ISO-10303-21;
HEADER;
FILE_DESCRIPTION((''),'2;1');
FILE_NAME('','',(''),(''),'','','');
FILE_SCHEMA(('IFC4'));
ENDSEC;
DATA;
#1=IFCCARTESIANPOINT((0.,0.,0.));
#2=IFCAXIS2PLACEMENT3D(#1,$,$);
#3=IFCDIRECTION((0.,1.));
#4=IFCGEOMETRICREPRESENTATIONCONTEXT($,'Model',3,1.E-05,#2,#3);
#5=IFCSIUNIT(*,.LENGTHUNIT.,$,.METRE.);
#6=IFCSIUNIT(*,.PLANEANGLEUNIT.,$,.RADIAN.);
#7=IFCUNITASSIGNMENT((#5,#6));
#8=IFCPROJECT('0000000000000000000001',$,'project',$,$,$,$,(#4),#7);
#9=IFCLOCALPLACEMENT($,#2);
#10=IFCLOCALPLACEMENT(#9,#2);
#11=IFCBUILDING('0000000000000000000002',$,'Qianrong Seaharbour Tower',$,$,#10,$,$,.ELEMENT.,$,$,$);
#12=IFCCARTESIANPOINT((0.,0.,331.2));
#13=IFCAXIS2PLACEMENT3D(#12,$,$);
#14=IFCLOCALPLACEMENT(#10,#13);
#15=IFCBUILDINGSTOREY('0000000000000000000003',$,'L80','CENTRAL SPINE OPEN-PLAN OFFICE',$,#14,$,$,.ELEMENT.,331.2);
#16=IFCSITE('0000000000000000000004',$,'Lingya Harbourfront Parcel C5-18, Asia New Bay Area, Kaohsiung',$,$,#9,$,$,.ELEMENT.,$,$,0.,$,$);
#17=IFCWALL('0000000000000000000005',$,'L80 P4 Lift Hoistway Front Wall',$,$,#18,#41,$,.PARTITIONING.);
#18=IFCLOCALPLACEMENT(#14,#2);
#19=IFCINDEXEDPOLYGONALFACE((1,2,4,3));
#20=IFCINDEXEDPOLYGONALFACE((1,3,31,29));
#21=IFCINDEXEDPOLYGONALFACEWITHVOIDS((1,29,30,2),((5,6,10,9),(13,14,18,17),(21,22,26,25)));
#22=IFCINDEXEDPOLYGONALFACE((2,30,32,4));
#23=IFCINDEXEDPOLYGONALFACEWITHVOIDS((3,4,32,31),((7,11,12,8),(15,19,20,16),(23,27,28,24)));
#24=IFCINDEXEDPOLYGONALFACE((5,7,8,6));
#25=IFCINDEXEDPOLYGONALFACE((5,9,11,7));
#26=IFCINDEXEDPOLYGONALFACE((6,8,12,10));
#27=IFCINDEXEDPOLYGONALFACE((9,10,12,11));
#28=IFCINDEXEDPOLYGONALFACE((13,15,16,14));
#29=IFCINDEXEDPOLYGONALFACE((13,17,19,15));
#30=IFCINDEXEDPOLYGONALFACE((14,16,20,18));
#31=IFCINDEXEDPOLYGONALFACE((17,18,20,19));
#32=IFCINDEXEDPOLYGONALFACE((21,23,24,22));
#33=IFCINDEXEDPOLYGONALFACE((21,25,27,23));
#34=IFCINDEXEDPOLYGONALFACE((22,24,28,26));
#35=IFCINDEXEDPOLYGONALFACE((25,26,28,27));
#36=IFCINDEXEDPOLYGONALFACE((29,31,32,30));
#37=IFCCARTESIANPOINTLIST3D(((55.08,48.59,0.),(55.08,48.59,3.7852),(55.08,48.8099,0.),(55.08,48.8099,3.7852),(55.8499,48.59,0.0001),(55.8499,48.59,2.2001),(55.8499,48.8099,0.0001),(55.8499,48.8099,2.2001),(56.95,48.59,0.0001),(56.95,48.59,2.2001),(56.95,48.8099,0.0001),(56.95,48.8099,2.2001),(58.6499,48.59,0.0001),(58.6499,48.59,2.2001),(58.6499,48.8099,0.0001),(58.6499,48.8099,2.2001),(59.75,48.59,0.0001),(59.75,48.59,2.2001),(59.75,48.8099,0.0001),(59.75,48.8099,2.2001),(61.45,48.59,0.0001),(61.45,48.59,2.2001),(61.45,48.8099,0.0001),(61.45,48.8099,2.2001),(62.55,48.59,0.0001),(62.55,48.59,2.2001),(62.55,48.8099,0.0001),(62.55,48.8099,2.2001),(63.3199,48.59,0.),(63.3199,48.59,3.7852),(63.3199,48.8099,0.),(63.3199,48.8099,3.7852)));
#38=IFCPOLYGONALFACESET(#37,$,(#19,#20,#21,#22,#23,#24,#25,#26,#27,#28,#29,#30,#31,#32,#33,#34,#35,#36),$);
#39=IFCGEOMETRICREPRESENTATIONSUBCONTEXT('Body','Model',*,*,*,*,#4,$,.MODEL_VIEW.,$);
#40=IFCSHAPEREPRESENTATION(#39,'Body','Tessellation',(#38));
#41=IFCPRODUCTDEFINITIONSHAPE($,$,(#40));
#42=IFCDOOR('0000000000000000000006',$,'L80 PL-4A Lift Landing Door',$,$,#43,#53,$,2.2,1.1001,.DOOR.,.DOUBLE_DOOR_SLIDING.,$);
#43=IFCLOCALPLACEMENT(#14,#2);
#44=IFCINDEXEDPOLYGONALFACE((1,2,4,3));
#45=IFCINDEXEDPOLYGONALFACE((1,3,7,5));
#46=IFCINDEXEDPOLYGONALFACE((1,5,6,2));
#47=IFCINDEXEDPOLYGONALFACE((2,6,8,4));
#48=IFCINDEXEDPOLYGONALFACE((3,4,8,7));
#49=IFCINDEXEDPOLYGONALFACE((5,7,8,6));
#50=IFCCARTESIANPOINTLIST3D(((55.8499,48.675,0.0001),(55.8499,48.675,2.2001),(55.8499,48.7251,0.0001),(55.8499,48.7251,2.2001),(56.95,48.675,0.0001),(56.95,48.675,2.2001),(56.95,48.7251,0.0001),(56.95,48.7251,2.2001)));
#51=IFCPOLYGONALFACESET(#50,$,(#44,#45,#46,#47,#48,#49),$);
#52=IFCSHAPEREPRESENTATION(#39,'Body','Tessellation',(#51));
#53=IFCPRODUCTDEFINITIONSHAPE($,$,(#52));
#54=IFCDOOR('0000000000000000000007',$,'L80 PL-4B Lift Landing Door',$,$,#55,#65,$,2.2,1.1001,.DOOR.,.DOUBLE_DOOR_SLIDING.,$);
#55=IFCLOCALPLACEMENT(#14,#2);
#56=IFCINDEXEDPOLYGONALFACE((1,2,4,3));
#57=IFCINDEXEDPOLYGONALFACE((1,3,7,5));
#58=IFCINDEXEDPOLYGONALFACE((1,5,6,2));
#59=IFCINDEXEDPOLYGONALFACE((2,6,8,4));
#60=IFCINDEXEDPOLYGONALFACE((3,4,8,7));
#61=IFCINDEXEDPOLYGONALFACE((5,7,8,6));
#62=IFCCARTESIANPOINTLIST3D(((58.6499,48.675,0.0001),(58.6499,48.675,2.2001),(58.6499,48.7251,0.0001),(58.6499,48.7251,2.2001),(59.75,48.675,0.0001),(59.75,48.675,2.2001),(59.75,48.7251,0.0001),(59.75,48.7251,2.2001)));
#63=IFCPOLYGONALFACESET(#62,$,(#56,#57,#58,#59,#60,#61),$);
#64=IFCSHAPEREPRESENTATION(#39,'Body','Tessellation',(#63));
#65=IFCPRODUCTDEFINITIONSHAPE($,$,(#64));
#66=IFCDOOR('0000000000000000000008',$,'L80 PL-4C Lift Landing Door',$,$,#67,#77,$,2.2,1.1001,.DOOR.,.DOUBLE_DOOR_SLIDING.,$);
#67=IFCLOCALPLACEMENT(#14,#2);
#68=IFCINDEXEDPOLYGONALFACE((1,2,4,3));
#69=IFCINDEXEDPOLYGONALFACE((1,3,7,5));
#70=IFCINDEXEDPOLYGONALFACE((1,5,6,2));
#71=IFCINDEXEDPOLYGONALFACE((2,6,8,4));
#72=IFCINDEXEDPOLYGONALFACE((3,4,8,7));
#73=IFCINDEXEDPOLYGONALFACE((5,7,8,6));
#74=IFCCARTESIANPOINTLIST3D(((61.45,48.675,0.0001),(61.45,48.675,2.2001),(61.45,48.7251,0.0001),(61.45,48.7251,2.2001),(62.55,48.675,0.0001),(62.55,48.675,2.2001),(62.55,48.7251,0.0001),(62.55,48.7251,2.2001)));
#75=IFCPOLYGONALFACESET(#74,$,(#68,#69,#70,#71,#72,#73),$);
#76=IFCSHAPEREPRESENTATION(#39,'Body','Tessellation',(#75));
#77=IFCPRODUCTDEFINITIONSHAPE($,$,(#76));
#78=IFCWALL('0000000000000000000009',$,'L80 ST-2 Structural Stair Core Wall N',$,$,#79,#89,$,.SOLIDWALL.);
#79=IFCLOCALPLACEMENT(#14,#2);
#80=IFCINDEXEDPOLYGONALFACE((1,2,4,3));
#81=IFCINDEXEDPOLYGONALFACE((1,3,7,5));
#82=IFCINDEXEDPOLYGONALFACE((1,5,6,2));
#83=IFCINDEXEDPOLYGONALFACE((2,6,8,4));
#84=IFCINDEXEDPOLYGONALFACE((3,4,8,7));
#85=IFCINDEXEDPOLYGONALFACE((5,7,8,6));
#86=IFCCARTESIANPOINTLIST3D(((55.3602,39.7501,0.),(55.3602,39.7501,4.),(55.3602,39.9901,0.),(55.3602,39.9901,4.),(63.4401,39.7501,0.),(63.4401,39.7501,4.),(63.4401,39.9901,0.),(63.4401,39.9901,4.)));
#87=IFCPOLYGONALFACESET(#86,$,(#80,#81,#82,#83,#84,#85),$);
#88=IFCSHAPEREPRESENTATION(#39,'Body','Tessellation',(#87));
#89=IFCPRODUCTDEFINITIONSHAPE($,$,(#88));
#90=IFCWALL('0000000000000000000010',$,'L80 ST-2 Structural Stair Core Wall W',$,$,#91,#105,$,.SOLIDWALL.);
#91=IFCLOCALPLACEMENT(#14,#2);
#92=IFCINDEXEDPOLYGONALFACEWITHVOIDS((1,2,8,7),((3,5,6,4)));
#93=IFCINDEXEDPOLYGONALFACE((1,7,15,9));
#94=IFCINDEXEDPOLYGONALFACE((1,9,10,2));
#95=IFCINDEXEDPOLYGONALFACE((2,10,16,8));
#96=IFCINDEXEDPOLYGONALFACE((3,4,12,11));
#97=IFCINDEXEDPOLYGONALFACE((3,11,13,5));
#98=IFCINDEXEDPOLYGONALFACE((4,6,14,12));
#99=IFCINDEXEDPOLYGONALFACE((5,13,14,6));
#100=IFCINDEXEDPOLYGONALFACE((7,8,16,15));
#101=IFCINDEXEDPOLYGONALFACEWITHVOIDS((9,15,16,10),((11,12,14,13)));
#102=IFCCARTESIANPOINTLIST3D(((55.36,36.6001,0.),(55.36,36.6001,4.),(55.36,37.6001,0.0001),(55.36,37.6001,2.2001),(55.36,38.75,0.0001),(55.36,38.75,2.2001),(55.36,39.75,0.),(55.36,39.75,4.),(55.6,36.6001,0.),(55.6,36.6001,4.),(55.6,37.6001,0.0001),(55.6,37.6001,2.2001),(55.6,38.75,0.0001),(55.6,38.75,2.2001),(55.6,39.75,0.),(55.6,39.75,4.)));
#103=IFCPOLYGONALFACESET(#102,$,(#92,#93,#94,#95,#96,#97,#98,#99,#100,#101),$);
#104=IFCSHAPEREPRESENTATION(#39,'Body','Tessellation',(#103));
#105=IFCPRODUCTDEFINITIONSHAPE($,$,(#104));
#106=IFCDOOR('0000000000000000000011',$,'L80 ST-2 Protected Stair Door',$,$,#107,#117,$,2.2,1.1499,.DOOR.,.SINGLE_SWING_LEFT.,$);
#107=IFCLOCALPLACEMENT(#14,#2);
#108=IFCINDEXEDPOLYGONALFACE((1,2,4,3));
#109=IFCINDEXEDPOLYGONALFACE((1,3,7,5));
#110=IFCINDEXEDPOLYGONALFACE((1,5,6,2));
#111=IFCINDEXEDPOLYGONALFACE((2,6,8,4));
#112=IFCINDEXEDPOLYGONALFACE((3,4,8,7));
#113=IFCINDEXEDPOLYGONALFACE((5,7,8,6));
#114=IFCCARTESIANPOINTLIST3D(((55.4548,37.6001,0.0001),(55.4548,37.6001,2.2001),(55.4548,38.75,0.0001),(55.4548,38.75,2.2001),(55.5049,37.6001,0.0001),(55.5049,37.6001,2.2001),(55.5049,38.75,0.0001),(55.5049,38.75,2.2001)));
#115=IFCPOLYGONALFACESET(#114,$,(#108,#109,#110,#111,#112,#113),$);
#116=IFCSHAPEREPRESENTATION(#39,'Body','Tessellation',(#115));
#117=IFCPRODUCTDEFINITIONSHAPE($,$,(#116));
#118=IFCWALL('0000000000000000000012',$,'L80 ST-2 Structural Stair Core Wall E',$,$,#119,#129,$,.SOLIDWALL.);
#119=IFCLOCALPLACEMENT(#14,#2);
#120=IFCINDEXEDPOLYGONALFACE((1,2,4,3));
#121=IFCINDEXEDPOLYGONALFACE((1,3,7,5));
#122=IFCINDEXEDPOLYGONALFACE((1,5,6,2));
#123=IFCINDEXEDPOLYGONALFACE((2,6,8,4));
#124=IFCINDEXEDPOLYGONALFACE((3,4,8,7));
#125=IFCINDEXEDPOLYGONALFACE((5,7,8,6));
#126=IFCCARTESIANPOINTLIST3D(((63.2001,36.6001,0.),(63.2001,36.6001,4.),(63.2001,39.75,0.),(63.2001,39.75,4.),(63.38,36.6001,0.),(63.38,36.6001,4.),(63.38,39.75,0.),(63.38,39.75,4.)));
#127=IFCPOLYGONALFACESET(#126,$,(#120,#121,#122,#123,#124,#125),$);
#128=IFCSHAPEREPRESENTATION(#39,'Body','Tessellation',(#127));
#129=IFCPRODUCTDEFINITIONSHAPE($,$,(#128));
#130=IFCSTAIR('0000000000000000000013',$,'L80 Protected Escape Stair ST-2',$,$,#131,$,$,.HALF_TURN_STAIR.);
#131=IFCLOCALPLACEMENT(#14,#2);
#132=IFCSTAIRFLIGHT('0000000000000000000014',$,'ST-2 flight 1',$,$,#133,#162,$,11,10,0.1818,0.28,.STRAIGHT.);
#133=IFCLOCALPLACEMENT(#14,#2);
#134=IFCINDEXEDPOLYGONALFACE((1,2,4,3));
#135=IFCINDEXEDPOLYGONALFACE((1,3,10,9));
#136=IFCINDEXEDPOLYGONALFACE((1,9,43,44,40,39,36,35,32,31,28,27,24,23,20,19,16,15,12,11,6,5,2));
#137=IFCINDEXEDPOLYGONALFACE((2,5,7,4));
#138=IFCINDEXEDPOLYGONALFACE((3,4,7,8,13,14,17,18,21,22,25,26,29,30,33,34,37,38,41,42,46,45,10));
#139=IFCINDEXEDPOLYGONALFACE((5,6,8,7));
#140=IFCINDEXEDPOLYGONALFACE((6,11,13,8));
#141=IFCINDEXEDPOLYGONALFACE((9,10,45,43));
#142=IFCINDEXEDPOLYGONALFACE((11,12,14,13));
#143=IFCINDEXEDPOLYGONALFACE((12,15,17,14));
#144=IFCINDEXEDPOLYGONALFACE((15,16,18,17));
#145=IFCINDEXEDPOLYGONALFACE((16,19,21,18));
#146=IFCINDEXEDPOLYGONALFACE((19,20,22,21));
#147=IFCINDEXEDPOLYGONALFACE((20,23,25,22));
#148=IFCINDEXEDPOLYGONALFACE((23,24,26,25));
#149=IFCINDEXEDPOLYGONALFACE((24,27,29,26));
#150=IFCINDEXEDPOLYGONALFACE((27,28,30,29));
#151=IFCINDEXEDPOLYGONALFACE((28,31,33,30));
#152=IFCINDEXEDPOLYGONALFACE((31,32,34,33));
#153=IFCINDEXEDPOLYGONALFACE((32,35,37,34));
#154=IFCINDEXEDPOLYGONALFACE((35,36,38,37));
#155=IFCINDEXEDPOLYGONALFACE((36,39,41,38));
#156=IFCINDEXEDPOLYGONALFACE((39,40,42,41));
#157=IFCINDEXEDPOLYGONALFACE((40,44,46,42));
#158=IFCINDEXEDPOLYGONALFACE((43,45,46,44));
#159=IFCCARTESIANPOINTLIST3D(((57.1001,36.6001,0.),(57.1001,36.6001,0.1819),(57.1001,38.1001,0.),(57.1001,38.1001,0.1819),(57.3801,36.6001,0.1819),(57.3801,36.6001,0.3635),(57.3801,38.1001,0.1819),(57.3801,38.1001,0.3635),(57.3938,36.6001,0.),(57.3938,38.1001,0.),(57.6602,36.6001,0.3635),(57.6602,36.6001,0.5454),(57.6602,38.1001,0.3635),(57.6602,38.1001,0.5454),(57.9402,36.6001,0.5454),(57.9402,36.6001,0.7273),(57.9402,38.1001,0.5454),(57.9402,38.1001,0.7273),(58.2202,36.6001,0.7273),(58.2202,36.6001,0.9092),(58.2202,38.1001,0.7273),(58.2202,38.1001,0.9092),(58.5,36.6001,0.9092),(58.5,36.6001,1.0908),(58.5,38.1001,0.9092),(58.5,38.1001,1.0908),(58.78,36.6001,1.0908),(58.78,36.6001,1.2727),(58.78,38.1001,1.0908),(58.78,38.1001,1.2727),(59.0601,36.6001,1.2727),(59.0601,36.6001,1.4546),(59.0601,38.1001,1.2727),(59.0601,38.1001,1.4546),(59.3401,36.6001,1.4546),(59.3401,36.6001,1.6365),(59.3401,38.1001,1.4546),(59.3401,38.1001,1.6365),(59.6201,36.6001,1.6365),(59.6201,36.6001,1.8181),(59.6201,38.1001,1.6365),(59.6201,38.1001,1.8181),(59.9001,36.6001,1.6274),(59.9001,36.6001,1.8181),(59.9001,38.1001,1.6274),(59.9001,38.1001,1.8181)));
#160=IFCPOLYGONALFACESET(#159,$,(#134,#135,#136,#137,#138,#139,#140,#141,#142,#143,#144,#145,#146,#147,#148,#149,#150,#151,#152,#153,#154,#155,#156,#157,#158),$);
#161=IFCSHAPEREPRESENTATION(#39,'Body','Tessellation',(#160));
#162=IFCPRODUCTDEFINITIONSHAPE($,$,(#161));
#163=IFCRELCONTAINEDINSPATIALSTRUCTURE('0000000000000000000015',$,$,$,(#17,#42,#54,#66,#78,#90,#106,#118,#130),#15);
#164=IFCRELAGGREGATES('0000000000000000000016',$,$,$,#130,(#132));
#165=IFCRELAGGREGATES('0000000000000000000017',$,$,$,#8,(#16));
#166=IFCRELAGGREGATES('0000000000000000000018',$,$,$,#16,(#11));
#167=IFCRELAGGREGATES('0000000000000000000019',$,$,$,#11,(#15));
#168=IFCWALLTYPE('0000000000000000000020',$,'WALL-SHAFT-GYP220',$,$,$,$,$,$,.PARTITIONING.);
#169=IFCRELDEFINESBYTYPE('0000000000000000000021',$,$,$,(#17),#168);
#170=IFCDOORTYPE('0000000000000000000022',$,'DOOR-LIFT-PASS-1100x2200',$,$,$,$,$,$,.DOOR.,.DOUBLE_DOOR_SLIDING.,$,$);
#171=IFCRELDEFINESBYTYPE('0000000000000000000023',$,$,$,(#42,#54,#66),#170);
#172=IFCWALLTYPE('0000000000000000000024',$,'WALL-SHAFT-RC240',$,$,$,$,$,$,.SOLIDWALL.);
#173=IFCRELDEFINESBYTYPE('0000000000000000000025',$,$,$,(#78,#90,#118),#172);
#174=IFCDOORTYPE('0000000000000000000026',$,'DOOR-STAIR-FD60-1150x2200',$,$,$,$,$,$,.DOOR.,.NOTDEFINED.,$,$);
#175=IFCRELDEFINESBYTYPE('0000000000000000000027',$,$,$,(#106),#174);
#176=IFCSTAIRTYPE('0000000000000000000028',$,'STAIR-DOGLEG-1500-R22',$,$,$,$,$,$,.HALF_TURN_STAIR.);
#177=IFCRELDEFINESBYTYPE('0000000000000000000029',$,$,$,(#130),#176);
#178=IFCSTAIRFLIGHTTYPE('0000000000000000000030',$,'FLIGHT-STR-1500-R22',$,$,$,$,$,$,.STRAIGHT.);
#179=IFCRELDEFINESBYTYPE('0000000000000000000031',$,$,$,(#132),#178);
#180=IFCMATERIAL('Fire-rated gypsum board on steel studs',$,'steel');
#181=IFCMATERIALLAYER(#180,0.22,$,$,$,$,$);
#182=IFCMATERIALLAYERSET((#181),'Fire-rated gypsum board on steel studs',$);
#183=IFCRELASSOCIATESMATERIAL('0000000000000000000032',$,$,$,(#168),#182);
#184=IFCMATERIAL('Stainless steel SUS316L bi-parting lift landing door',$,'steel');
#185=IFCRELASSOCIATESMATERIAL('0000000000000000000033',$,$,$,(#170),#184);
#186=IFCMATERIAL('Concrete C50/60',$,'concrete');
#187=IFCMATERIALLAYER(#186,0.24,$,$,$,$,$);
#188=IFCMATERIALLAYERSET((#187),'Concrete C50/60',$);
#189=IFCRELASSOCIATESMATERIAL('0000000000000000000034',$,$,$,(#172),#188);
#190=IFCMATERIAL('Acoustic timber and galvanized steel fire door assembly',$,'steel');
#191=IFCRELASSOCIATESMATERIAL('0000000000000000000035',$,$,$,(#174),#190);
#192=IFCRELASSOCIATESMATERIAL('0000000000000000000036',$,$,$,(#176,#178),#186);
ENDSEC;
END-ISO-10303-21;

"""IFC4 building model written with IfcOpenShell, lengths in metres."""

from ifc_helpers import new_model, si_unit, direction, frame, frame_2d, origin, place, context, subcontext, project, spatial, polyline, rectangle, outline, extrude, material, layer, layer_set, type_object, element, fill, aggregate, save


model = new_model("IFC4")

# Units and contexts
model_context = context("Model", 3, precision=1e-05, world=origin(), true_north=direction((0.0, 1.0)))
body_context = subcontext(model_context, "Body", "Model", "MODEL_VIEW")
ifc_project = project(units=[si_unit("LENGTHUNIT", "METRE"), si_unit("PLANEANGLEUNIT", "RADIAN")], contexts=[model_context])

# Site, building, storey
site_placement = place(None, origin())
site = spatial("IfcSite", under=ifc_project, at=site_placement, Name="Lingya Harbourfront Parcel C5-18, Asia New Bay Area, Kaohsiung", CompositionType="ELEMENT", RefElevation=0.0)
building_placement = place(site_placement, origin())
building = spatial("IfcBuilding", under=site, at=building_placement, Name="Qianrong Seaharbour Tower", CompositionType="ELEMENT")
storey_placement = place(building_placement, frame((0.0, 0.0, 331.2)))
storey = spatial("IfcBuildingStorey", under=building, at=storey_placement, Name="L80", Description="CENTRAL SPINE OPEN-PLAN OFFICE", CompositionType="ELEMENT", Elevation=331.2)

# Shared definitions
ifc_material_1 = material(Name="Acoustic timber and galvanized steel fire door assembly", Category="steel")

# Shared definitions
ifc_material_2 = material(Name="Fire-rated gypsum board on steel studs", Category="steel")

# Wall, openings, doors
ifc_layer_1 = layer(ifc_material_2, 0.22)
ifc_layer_set_1 = layer_set([ifc_layer_1], Name="Fire-rated gypsum board on steel studs")
wall_type_1 = type_object("IfcWallType", Name="WALL-SHAFT-GYP220", PredefinedType="PARTITIONING", material=ifc_layer_set_1)
wall_1_placement = place(storey_placement, frame((63.3201, 48.7, 0.0), z_axis=(0.0, 0.0, 1.0), x_axis=(-1.0, 0.0, 0.0)))
wall_1 = element("IfcWall", 1, at=wall_1_placement, inside=storey, type_object=wall_type_1, Name="L80 P4 Lift Hoistway Front Wall", PredefinedType="PARTITIONING", context=body_context, shape_type="SweptSolid", body=[
    extrude(rectangle(XDim=8.24, YDim=0.22, at=frame_2d((4.1201, 0.0))), origin(), (0.0, 0.0, 1.0), 3.7852),
])
opening_1_placement = place(wall_1_placement, frame((6.3701, 0.0, 0.0)))
opening_1 = element("IfcOpeningElement", 2, at=opening_1_placement, cuts=wall_1, PredefinedType="OPENING", context=body_context, shape_type="SweptSolid", body=[
    extrude(rectangle(XDim=1.1001, YDim=2.2, at=frame_2d((0.55, 1.1001))), frame((0.0, 0.1201, 0.0), z_axis=(0.0, -1.0, 0.0), x_axis=(1.0, 0.0, 0.0)), (0.0, 0.0, 1.0), 0.24),
])
opening_2_placement = place(wall_1_placement, frame((3.5701, 0.0, 0.0)))
opening_2 = element("IfcOpeningElement", 3, at=opening_2_placement, cuts=wall_1, PredefinedType="OPENING", context=body_context, shape_type="SweptSolid", body=[
    extrude(rectangle(XDim=1.1001, YDim=2.2, at=frame_2d((0.55, 1.1001))), frame((0.0, 0.1201, 0.0), z_axis=(0.0, -1.0, 0.0), x_axis=(1.0, 0.0, 0.0)), (0.0, 0.0, 1.0), 0.24),
])
opening_3_placement = place(wall_1_placement, frame((0.77, 0.0, 0.0)))
opening_3 = element("IfcOpeningElement", 4, at=opening_3_placement, cuts=wall_1, PredefinedType="OPENING", context=body_context, shape_type="SweptSolid", body=[
    extrude(rectangle(XDim=1.1001, YDim=2.2, at=frame_2d((0.55, 1.1001))), frame((0.0, 0.1201, 0.0), z_axis=(0.0, -1.0, 0.0), x_axis=(1.0, 0.0, 0.0)), (0.0, 0.0, 1.0), 0.24),
])
ifc_material_3 = material(Name="Stainless steel SUS316L bi-parting lift landing door", Category="steel")
door_type_1 = type_object("IfcDoorType", Name="DOOR-LIFT-PASS-1100x2200", OperationType="DOUBLE_DOOR_SLIDING", PredefinedType="DOOR", material=ifc_material_3)
door_1_placement = place(opening_1_placement, origin())
door_1 = element("IfcDoor", 5, at=door_1_placement, inside=storey, type_object=door_type_1, Name="L80 PL-4A Lift Landing Door", OperationType="DOUBLE_DOOR_SLIDING", OverallHeight=2.2, OverallWidth=1.1001, PredefinedType="DOOR", context=body_context, shape_type="SweptSolid", body=[
    extrude(rectangle(XDim=1.1001, YDim=2.2, at=frame_2d((0.55, 1.1001))), frame((0.0, 0.0249, 0.0), z_axis=(0.0, -1.0, 0.0), x_axis=(1.0, 0.0, 0.0)), (0.0, 0.0, 1.0), 0.05),
])
fill(opening_1, door_1)
door_2_placement = place(opening_2_placement, origin())
door_2 = element("IfcDoor", 6, at=door_2_placement, inside=storey, type_object=door_type_1, Name="L80 PL-4B Lift Landing Door", OperationType="DOUBLE_DOOR_SLIDING", OverallHeight=2.2, OverallWidth=1.1001, PredefinedType="DOOR", context=body_context, shape_type="SweptSolid", body=[
    extrude(rectangle(XDim=1.1001, YDim=2.2, at=frame_2d((0.55, 1.1001))), frame((0.0, 0.0249, 0.0), z_axis=(0.0, -1.0, 0.0), x_axis=(1.0, 0.0, 0.0)), (0.0, 0.0, 1.0), 0.05),
])
fill(opening_2, door_2)
door_3_placement = place(opening_3_placement, origin())
door_3 = element("IfcDoor", 7, at=door_3_placement, inside=storey, type_object=door_type_1, Name="L80 PL-4C Lift Landing Door", OperationType="DOUBLE_DOOR_SLIDING", OverallHeight=2.2, OverallWidth=1.1001, PredefinedType="DOOR", context=body_context, shape_type="SweptSolid", body=[
    extrude(rectangle(XDim=1.1001, YDim=2.2, at=frame_2d((0.55, 1.1001))), frame((0.0, 0.0249, 0.0), z_axis=(0.0, -1.0, 0.0), x_axis=(1.0, 0.0, 0.0)), (0.0, 0.0, 1.0), 0.05),
])
fill(opening_3, door_3)

# Wall
ifc_material_4 = material(Name="Concrete C50/60", Category="concrete")
ifc_layer_2 = layer(ifc_material_4, 0.24)
ifc_layer_set_2 = layer_set([ifc_layer_2], Name="Concrete C50/60")
wall_type_2 = type_object("IfcWallType", Name="WALL-SHAFT-RC240", PredefinedType="SOLIDWALL", material=ifc_layer_set_2)
wall_2_placement = place(storey_placement, frame((55.3601, 39.8701, 0.0), z_axis=(0.0, 0.0, 1.0), x_axis=(1.0, 0.0, 0.0)))
element("IfcWall", 8, at=wall_2_placement, inside=storey, type_object=wall_type_2, Name="L80 ST-2 Structural Stair Core Wall N", PredefinedType="SOLIDWALL", context=body_context, shape_type="SweptSolid", body=[
    extrude(rectangle(XDim=8.0798, YDim=0.24, at=frame_2d((4.04, 0.0))), origin(), (0.0, 0.0, 1.0), 4.0),
])

# Wall, opening, door
wall_3_placement = place(storey_placement, frame((55.48, 39.75, 0.0), z_axis=(0.0, 0.0, 1.0), x_axis=(0.0, -1.0, 0.0)))
wall_3 = element("IfcWall", 9, at=wall_3_placement, inside=storey, type_object=wall_type_2, Name="L80 ST-2 Structural Stair Core Wall W", PredefinedType="SOLIDWALL", context=body_context, shape_type="SweptSolid", body=[
    extrude(rectangle(XDim=3.1499, YDim=0.24, at=frame_2d((1.575, 0.0))), origin(), (0.0, 0.0, 1.0), 4.0),
])
opening_4_placement = place(wall_3_placement, frame((1.0, 0.0, 0.0)))
opening_4 = element("IfcOpeningElement", 10, at=opening_4_placement, cuts=wall_3, PredefinedType="OPENING", context=body_context, shape_type="SweptSolid", body=[
    extrude(rectangle(XDim=1.1499, YDim=2.2, at=frame_2d((0.575, 1.1001))), frame((0.0, 0.1299, 0.0), z_axis=(0.0, -1.0, 0.0), x_axis=(1.0, 0.0, 0.0)), (0.0, 0.0, 1.0), 0.26),
])
door_type_2 = type_object("IfcDoorType", Name="DOOR-STAIR-FD60-1150x2200", OperationType="NOTDEFINED", PredefinedType="DOOR", material=ifc_material_1)
door_4_placement = place(opening_4_placement, origin())
door_4 = element("IfcDoor", 11, at=door_4_placement, inside=storey, type_object=door_type_2, Name="L80 ST-2 Protected Stair Door", OperationType="SINGLE_SWING_LEFT", OverallHeight=2.2, OverallWidth=1.1499, PredefinedType="DOOR", context=body_context, shape_type="SweptSolid", body=[
    extrude(rectangle(XDim=1.1499, YDim=2.2, at=frame_2d((0.575, 1.1001))), frame((0.0, 0.0249, 0.0), z_axis=(0.0, -1.0, 0.0), x_axis=(1.0, 0.0, 0.0)), (0.0, 0.0, 1.0), 0.05),
])
fill(opening_4, door_4)

# Wall
wall_4_placement = place(storey_placement, frame((63.29, 36.6001, 0.0), z_axis=(0.0, 0.0, 1.0), x_axis=(0.0, 1.0, 0.0)))
element("IfcWall", 12, at=wall_4_placement, inside=storey, type_object=wall_type_2, Name="L80 ST-2 Structural Stair Core Wall E", PredefinedType="SOLIDWALL", context=body_context, shape_type="SweptSolid", body=[
    extrude(rectangle(XDim=3.1499, YDim=0.1799, at=frame_2d((1.575, 0.0))), origin(), (0.0, 0.0, 1.0), 4.0),
])

# Stair, stair flight
stair_type = type_object("IfcStairType", Name="STAIR-DOGLEG-1500-R22", PredefinedType="HALF_TURN_STAIR", material=ifc_material_4)
stair_placement = place(storey_placement, origin())
stair = element("IfcStair", 13, at=stair_placement, inside=storey, type_object=stair_type, Name="L80 Protected Escape Stair ST-2", PredefinedType="HALF_TURN_STAIR")
stair_flight_type = type_object("IfcStairFlightType", Name="FLIGHT-STR-1500-R22", PredefinedType="STRAIGHT", material=ifc_material_4)
stair_flight_1_placement = place(storey_placement, frame((57.1001, 37.3501, 0.0), z_axis=(0.0, 0.0, 1.0), x_axis=(1.0, 0.0, 0.0)))
stair_flight_1 = element("IfcStairFlight", 14, at=stair_flight_1_placement, type_object=stair_flight_type, Name="ST-2 flight 1", NumberOfRisers=11, NumberOfTreads=10, PredefinedType="STRAIGHT", RiserHeight=0.1818, TreadLength=0.28, context=body_context, shape_type="SweptSolid", body=[
    extrude(outline(polyline([(0.0, 0.0), (0.0, 0.1819), (0.28, 0.1819), (0.28, 0.3635), (0.5601, 0.3635), (0.5601, 0.5454), (0.8401, 0.5454), (0.8401, 0.7273), (1.1201, 0.7273), (1.1201, 0.9092), (1.3999, 0.9092), (1.3999, 1.0908), (1.6799, 1.0908), (1.6799, 1.2727), (1.96, 1.2727), (1.96, 1.4546), (2.24, 1.4546), (2.24, 1.6365), (2.52, 1.6365), (2.52, 1.8181), (2.8, 1.8181), (2.8, 2.0), (2.8, 1.6274), (0.2937, 0.0), (0.0, 0.0)])), frame((0.0, 0.75, 0.0), z_axis=(0.0, -1.0, 0.0), x_axis=(1.0, 0.0, 0.0)), (0.0, 0.0, 1.0), 1.5),
])
aggregate(stair, [stair_flight_1])

save(model, "model.ifc")
